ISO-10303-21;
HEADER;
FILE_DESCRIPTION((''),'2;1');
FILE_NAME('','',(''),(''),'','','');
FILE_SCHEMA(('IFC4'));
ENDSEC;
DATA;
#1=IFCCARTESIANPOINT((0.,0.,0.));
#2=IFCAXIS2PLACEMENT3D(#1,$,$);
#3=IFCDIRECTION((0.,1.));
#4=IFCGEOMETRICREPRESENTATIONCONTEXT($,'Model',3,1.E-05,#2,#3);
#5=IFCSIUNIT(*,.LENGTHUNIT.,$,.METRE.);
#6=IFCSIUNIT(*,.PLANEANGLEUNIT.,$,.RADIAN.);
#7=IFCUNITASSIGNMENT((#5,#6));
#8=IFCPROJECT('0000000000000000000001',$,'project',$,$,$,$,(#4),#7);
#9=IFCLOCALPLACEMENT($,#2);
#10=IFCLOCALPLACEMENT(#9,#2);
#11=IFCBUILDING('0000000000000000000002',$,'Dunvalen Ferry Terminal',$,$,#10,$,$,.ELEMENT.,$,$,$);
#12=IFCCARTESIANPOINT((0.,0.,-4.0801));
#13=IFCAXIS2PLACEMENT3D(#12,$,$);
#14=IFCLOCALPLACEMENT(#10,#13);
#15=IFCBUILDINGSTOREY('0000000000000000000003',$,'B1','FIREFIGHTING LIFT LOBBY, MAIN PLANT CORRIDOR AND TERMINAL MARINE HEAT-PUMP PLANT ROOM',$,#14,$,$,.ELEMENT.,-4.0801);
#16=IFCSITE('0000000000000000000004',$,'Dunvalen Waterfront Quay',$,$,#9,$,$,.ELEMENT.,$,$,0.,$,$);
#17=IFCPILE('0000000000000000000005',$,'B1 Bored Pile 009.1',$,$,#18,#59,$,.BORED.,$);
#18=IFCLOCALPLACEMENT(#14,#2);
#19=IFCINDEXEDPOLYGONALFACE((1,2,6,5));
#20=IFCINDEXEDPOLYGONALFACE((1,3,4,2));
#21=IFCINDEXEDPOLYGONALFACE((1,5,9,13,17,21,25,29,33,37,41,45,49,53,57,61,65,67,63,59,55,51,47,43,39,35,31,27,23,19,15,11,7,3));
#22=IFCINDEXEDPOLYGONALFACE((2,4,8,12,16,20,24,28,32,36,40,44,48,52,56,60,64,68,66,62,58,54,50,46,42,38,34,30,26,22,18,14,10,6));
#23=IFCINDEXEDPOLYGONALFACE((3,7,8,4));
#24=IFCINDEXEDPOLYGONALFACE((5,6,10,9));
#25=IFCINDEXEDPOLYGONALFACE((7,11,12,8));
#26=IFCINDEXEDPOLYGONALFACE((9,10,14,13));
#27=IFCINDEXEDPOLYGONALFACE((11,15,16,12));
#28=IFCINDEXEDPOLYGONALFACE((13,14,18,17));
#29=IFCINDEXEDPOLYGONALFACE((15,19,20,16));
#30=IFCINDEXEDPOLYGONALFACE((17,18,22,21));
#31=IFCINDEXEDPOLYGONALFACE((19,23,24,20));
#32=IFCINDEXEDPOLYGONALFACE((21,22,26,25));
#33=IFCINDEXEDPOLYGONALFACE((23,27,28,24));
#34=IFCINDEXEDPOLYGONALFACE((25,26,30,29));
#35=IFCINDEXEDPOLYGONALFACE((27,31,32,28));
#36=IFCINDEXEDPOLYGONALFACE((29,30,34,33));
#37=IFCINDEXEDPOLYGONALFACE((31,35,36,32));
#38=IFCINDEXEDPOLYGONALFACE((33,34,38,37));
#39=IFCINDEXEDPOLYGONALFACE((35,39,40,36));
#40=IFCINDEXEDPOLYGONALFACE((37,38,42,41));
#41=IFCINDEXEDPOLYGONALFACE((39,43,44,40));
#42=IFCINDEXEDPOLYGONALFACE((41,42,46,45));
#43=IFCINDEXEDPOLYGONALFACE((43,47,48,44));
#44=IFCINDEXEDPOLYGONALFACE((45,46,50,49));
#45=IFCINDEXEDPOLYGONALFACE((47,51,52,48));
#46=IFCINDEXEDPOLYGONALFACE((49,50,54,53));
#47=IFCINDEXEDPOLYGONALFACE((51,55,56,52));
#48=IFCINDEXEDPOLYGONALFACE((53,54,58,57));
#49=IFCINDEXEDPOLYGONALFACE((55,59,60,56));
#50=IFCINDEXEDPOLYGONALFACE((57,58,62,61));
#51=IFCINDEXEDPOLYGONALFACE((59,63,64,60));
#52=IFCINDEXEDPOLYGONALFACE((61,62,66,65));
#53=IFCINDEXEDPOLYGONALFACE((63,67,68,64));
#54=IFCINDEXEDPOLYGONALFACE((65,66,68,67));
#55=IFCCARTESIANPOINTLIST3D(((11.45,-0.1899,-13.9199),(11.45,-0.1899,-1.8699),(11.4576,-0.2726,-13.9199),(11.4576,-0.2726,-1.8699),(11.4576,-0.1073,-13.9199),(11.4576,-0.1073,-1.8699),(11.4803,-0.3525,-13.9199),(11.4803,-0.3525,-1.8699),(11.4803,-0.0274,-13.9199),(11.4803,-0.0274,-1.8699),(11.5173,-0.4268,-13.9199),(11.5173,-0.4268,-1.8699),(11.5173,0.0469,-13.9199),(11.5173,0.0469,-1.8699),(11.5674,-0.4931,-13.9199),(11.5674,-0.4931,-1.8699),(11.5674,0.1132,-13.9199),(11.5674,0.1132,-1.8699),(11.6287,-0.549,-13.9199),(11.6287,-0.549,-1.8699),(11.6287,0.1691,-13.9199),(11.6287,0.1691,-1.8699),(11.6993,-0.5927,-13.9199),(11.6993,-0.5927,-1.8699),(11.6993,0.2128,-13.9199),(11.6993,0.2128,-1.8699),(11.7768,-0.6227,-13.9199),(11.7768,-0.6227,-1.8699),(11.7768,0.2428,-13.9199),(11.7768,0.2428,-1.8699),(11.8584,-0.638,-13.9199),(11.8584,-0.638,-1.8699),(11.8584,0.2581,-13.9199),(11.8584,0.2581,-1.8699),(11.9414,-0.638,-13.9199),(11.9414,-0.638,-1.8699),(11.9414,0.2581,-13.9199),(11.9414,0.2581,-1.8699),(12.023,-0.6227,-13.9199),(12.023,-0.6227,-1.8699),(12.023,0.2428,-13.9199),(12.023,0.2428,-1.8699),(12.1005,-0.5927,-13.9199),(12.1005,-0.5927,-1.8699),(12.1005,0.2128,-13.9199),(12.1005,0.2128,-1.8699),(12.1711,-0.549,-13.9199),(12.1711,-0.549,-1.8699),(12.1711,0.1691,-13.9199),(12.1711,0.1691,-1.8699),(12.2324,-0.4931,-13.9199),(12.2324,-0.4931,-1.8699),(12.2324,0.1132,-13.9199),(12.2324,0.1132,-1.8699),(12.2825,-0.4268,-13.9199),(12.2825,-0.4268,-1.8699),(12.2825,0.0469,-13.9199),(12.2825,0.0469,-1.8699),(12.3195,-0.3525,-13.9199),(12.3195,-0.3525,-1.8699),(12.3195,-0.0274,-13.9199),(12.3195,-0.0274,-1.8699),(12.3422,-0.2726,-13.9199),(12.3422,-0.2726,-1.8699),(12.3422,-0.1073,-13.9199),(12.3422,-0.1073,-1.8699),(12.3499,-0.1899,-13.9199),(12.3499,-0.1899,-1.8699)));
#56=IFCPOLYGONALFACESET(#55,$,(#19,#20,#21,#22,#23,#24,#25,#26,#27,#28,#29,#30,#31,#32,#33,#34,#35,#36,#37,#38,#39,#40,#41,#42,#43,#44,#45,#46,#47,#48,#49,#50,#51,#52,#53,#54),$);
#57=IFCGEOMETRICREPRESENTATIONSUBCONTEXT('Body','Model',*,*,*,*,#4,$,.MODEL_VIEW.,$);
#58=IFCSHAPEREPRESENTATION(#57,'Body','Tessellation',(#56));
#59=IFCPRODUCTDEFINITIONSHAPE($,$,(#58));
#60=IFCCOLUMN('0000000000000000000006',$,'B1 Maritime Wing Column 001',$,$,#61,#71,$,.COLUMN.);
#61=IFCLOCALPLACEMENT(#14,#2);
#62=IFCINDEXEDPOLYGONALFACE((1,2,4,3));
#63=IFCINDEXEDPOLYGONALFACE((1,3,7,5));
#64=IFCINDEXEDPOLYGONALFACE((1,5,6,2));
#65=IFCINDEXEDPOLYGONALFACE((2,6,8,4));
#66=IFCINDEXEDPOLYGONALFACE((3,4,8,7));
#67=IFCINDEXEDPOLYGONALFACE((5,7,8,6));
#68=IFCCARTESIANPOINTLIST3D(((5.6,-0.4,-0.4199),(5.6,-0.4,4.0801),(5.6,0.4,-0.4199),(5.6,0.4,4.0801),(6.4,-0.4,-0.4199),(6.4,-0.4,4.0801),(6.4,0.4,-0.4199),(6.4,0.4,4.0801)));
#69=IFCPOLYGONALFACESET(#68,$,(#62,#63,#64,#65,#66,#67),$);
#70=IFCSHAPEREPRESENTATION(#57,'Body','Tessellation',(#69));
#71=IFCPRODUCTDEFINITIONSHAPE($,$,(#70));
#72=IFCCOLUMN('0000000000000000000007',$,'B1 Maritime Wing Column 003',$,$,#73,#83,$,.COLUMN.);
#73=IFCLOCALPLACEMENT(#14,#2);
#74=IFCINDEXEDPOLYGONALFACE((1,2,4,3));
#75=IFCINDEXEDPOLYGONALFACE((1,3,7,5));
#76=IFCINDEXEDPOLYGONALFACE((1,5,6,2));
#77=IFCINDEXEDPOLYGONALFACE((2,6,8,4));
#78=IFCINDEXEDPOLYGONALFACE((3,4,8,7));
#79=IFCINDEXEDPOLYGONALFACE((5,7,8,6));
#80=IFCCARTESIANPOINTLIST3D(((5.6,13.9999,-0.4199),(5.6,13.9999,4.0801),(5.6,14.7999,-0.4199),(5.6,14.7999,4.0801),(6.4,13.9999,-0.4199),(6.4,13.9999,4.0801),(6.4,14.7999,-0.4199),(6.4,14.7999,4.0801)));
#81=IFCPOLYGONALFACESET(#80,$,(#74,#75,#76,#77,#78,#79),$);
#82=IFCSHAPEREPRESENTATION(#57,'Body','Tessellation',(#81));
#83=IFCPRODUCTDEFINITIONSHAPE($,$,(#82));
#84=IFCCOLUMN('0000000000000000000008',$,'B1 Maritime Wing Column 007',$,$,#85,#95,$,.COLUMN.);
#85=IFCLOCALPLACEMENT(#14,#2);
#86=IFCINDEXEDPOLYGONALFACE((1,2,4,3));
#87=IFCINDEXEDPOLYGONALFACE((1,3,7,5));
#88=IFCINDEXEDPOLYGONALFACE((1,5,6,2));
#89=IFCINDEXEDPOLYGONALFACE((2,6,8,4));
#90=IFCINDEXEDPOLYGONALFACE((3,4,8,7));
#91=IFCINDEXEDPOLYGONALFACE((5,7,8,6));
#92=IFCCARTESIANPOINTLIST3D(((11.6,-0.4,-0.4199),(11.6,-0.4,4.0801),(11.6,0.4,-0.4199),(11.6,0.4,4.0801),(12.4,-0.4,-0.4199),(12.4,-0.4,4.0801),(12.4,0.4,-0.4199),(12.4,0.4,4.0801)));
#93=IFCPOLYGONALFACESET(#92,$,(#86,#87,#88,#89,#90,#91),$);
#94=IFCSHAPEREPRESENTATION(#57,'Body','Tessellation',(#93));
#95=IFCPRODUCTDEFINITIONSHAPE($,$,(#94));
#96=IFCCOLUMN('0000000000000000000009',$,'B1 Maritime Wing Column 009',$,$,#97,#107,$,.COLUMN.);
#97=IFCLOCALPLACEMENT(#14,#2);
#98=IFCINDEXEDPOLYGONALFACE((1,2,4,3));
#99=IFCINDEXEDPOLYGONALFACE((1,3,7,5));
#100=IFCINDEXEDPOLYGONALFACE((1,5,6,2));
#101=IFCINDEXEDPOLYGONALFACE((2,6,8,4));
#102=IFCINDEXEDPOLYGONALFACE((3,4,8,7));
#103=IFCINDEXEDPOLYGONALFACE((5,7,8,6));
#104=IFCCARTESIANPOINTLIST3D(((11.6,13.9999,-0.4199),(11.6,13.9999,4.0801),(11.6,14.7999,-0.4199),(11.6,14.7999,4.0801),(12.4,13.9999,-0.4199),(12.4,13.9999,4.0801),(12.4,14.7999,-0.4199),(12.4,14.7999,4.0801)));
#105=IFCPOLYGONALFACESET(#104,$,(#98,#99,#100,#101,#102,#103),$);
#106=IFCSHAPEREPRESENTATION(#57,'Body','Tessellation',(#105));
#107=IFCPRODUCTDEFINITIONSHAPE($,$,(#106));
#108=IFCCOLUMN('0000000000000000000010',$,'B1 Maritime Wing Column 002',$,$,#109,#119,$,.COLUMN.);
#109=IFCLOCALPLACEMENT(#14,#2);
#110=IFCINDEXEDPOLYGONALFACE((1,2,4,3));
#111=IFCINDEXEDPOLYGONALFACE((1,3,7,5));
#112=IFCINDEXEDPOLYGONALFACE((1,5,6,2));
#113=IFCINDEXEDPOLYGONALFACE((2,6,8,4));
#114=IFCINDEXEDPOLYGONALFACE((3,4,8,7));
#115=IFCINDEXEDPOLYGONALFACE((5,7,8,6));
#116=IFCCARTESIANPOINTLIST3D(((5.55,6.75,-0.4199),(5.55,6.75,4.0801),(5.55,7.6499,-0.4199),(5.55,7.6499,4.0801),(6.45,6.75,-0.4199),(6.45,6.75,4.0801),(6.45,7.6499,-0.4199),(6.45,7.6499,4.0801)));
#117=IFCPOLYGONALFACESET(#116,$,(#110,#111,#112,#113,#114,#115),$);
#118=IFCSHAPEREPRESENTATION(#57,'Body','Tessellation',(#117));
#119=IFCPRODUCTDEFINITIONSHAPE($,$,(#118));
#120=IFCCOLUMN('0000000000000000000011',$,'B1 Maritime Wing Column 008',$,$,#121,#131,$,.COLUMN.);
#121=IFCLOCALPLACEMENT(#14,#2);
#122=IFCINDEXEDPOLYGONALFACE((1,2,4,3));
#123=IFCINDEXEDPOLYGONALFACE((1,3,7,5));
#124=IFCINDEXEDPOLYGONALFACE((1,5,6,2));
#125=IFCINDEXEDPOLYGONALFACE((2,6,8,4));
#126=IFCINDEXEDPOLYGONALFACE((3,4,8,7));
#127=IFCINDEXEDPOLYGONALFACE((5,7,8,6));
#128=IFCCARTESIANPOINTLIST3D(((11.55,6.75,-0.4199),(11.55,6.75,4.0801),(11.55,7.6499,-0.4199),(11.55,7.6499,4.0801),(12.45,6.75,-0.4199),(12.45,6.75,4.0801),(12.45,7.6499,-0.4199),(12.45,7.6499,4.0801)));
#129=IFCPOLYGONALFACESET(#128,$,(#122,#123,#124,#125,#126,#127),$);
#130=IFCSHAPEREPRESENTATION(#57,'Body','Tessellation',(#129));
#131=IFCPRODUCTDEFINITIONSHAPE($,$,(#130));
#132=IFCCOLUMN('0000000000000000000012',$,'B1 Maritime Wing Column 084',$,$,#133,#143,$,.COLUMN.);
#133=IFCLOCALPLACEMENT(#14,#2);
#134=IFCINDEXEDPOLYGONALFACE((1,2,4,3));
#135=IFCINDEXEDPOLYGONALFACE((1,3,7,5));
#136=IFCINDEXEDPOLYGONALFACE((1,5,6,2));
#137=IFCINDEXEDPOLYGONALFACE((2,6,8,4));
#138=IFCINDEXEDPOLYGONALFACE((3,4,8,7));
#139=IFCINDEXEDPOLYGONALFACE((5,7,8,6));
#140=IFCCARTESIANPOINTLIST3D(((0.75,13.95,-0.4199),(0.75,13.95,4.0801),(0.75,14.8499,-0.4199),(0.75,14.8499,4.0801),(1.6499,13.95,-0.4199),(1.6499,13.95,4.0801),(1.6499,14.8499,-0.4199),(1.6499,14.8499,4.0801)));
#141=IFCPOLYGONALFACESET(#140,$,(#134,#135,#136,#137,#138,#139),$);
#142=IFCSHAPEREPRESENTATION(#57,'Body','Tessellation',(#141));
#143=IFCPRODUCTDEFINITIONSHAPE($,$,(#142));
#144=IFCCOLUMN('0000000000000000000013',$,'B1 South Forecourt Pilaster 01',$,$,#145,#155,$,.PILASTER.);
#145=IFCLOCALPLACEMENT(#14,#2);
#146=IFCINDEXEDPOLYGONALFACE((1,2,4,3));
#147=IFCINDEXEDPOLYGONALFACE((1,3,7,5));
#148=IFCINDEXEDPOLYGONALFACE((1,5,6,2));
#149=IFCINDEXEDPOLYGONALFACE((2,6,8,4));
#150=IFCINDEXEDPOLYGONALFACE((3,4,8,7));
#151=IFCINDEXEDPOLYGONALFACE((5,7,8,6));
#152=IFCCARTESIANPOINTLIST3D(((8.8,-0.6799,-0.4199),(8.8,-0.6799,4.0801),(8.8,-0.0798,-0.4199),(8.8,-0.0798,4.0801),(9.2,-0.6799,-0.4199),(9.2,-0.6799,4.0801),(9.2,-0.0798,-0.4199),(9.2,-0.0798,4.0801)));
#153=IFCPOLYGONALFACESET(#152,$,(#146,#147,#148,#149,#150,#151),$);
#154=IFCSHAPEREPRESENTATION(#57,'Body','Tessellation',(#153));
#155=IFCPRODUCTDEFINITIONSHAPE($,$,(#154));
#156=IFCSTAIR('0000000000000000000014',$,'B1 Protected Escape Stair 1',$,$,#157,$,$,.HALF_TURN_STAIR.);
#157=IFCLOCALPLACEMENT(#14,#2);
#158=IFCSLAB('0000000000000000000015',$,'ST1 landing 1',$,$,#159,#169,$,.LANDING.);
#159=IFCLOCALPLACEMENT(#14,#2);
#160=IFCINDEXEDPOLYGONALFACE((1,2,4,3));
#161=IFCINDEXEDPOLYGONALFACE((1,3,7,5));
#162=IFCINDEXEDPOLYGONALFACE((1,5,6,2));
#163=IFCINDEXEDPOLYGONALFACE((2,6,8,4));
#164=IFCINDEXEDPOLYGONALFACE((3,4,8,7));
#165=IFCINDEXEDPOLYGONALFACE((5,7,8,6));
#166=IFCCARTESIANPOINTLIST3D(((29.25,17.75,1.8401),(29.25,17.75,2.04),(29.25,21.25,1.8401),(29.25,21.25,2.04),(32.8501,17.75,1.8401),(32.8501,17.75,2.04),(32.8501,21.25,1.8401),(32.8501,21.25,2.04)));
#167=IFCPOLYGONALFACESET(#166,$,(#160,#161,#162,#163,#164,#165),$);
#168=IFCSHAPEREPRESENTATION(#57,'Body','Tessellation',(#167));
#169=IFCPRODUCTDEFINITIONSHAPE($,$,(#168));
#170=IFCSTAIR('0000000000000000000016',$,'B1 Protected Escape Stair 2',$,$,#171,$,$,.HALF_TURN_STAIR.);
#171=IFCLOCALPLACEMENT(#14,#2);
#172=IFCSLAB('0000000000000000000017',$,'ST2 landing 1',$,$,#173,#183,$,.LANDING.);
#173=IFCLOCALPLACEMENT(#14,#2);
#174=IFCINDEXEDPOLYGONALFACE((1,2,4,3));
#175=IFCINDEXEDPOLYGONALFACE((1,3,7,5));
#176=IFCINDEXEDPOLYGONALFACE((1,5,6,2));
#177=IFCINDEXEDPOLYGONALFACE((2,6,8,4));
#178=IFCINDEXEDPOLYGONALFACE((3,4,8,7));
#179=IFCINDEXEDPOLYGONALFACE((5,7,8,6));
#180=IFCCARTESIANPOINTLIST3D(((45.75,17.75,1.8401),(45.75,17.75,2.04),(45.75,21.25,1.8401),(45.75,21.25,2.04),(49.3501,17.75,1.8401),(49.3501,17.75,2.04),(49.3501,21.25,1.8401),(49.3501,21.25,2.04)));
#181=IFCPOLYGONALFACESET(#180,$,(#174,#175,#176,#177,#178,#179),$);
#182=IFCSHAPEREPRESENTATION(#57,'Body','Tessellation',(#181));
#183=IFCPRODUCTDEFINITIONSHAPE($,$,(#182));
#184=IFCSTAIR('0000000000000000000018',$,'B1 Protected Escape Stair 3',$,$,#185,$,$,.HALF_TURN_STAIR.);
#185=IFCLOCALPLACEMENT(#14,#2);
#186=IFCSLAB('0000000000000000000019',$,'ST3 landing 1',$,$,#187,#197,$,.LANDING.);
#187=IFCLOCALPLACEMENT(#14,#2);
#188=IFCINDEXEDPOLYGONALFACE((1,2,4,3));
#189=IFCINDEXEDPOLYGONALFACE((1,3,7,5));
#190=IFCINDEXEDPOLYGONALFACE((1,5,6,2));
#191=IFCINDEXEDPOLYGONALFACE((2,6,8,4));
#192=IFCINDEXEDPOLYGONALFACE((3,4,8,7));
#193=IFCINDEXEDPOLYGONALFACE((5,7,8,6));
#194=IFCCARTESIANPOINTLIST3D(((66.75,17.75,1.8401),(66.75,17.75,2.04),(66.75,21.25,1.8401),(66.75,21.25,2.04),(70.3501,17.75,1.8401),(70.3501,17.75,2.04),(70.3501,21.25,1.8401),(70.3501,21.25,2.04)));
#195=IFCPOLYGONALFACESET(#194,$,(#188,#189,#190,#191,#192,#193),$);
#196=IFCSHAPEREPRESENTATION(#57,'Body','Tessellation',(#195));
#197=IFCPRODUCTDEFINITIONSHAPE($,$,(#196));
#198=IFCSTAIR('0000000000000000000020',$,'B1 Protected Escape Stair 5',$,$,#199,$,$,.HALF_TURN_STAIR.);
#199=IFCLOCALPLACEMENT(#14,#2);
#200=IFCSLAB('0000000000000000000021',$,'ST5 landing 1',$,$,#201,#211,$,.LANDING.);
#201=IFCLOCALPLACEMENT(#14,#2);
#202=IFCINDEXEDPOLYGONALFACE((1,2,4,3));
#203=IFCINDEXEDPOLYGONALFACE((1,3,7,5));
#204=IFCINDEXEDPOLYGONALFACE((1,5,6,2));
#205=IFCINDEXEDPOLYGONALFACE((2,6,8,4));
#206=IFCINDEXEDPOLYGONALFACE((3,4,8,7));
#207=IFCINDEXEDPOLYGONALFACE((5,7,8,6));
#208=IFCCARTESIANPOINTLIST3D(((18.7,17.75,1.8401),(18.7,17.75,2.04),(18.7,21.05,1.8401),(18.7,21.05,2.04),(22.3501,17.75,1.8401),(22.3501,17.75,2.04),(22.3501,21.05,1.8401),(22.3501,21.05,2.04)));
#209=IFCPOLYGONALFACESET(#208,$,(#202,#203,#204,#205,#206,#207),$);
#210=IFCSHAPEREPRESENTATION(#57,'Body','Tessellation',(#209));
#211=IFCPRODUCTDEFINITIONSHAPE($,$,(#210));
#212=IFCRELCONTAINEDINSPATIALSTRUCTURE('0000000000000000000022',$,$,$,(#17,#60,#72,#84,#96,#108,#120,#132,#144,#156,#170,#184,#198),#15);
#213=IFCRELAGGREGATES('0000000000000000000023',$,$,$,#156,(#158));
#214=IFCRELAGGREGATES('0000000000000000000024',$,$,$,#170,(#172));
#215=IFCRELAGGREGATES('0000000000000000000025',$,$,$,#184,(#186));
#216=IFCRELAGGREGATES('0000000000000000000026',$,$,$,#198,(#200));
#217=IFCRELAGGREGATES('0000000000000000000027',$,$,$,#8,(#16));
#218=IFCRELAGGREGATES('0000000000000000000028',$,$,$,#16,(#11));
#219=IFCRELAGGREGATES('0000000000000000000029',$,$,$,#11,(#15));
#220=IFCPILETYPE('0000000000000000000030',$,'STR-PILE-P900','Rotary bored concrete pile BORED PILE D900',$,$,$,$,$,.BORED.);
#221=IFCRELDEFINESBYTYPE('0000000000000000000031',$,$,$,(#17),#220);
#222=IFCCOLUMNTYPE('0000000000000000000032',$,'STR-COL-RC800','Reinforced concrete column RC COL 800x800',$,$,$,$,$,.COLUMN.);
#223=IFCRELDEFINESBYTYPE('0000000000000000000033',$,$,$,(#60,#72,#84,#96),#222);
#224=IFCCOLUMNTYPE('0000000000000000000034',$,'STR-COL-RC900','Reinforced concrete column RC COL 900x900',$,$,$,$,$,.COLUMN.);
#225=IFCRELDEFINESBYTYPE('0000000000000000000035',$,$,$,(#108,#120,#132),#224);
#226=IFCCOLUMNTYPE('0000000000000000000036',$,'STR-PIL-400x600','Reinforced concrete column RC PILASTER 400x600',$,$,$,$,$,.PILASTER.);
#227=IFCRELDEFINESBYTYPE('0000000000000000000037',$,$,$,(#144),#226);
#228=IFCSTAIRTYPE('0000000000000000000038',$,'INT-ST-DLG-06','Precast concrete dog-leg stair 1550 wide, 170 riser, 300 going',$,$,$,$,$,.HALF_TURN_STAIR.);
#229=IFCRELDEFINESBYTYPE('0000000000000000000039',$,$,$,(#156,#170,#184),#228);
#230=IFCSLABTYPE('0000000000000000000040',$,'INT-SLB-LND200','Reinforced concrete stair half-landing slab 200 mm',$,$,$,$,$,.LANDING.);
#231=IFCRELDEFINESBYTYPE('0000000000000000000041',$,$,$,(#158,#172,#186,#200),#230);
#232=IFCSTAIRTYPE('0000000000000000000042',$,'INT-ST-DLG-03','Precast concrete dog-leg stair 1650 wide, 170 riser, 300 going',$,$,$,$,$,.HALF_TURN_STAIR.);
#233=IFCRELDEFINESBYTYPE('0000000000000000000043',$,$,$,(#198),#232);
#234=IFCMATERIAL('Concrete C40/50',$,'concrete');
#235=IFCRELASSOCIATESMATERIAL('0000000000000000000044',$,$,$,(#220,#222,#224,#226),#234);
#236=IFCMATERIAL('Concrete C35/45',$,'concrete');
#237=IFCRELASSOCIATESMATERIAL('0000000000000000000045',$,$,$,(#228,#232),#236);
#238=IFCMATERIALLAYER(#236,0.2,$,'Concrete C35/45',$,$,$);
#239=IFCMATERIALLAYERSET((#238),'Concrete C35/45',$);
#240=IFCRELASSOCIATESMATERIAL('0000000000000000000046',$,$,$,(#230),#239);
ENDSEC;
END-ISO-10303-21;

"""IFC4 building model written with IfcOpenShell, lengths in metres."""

from ifc_helpers import new_model, si_unit, direction, frame, origin, origin_2d, place, context, subcontext, project, spatial, polyline, rectangle, circle, outline, extrude, material, layer, layer_set, material_profile, profile_set, type_object, element, aggregate, save


model = new_model("IFC4")

# Units and contexts
model_context = context("Model", 3, precision=1e-05, world=origin(), true_north=direction((0.0, 1.0)))
body_context = subcontext(model_context, "Body", "Model", "MODEL_VIEW")
ifc_project = project(units=[si_unit("LENGTHUNIT", "METRE"), si_unit("PLANEANGLEUNIT", "RADIAN")], contexts=[model_context])

# Site, building, storey
site_placement = place(None, origin())
site = spatial("IfcSite", under=ifc_project, at=site_placement, Name="Dunvalen Waterfront Quay", CompositionType="ELEMENT", RefElevation=0.0)
building_placement = place(site_placement, origin())
building = spatial("IfcBuilding", under=site, at=building_placement, Name="Dunvalen Ferry Terminal", CompositionType="ELEMENT")
storey_placement = place(building_placement, frame((0.0, 0.0, -4.0801)))
storey = spatial("IfcBuildingStorey", under=building, at=storey_placement, Name="B1", Description="FIREFIGHTING LIFT LOBBY, MAIN PLANT CORRIDOR AND TERMINAL MARINE HEAT-PUMP PLANT ROOM", CompositionType="ELEMENT", Elevation=-4.0801)

# Shared definitions
ifc_material_1 = material(Name="Concrete C40/50", Category="concrete")

# Pile
ifc_material_profile_1 = material_profile(ifc_material_1, circle(Radius=0.45, at=origin_2d()), Name="Concrete C40/50")
ifc_profile_set_1 = profile_set([ifc_material_profile_1], Name="Concrete C40/50")
pile_type_1 = type_object("IfcPileType", Name="STR-PILE-P900", Description="Rotary bored concrete pile BORED PILE D900", PredefinedType="BORED", material=ifc_profile_set_1)
for number, where, z_axis, x_axis, name in (
    (1, (11.8999, -0.1899, -1.8699), (0.0, 0.0, -1.0), (1.0, 0.0, 0.0), "B1 Bored Pile 009.1"),
):
    element("IfcPile", number, at=place(storey_placement, frame(where, z_axis=z_axis, x_axis=x_axis)), inside=storey, type_object=pile_type_1, Name=name, PredefinedType="BORED", context=body_context, shape_type="SweptSolid", body=[
        extrude(circle(Radius=0.45, at=origin_2d()), origin(), (0.0, 0.0, 1.0), 12.05),
    ])

# Columns
ifc_material_profile_2 = material_profile(ifc_material_1, rectangle(XDim=0.8, YDim=0.8, at=origin_2d()), Name="Concrete C40/50")
ifc_profile_set_2 = profile_set([ifc_material_profile_2], Name="Concrete C40/50")
column_type_1 = type_object("IfcColumnType", Name="STR-COL-RC800", Description="Reinforced concrete column RC COL 800x800", PredefinedType="COLUMN", material=ifc_profile_set_2)
for number, where, z_axis, x_axis, name in (
    (2, (6.0, 0.0, -0.4199), (0.0, 0.0, 1.0), (1.0, 0.0, 0.0), "B1 Maritime Wing Column 001"),
    (3, (6.0, 14.3999, -0.4199), (0.0, 0.0, 1.0), (1.0, 0.0, 0.0), "B1 Maritime Wing Column 003"),
    (4, (12.0, 0.0, -0.4199), (0.0, 0.0, 1.0), (1.0, 0.0, 0.0), "B1 Maritime Wing Column 007"),
    (5, (12.0, 14.3999, -0.4199), (0.0, 0.0, 1.0), (1.0, 0.0, 0.0), "B1 Maritime Wing Column 009"),
):
    element("IfcColumn", number, at=place(storey_placement, frame(where, z_axis=z_axis, x_axis=x_axis)), inside=storey, type_object=column_type_1, Name=name, PredefinedType="COLUMN", context=body_context, shape_type="SweptSolid", body=[
        extrude(rectangle(XDim=0.8, YDim=0.8, at=origin_2d()), origin(), (0.0, 0.0, 1.0), 4.5),
    ])
ifc_material_profile_3 = material_profile(ifc_material_1, rectangle(XDim=0.8999, YDim=0.8999, at=origin_2d()), Name="Concrete C40/50")
ifc_profile_set_3 = profile_set([ifc_material_profile_3], Name="Concrete C40/50")
column_type_2 = type_object("IfcColumnType", Name="STR-COL-RC900", Description="Reinforced concrete column RC COL 900x900", PredefinedType="COLUMN", material=ifc_profile_set_3)
for number, where, z_axis, x_axis, name in (
    (6, (6.0, 7.2, -0.4199), (0.0, 0.0, 1.0), (1.0, 0.0, 0.0), "B1 Maritime Wing Column 002"),
    (7, (12.0, 7.2, -0.4199), (0.0, 0.0, 1.0), (1.0, 0.0, 0.0), "B1 Maritime Wing Column 008"),
    (8, (1.2, 14.3999, -0.4199), (0.0, 0.0, 1.0), (1.0, 0.0, 0.0), "B1 Maritime Wing Column 084"),
):
    element("IfcColumn", number, at=place(storey_placement, frame(where, z_axis=z_axis, x_axis=x_axis)), inside=storey, type_object=column_type_2, Name=name, PredefinedType="COLUMN", context=body_context, shape_type="SweptSolid", body=[
        extrude(rectangle(XDim=0.8999, YDim=0.8999, at=origin_2d()), origin(), (0.0, 0.0, 1.0), 4.5),
    ])
ifc_material_profile_4 = material_profile(ifc_material_1, rectangle(XDim=0.3999, YDim=0.6001, at=origin_2d()), Name="Concrete C40/50")
ifc_profile_set_4 = profile_set([ifc_material_profile_4], Name="Concrete C40/50")
column_type_3 = type_object("IfcColumnType", Name="STR-PIL-400x600", Description="Reinforced concrete column RC PILASTER 400x600", PredefinedType="PILASTER", material=ifc_profile_set_4)
column_placement = place(storey_placement, frame((9.0, -0.3799, -0.4199), z_axis=(0.0, 0.0, 1.0), x_axis=(1.0, 0.0, 0.0)))
element("IfcColumn", 9, at=column_placement, inside=storey, type_object=column_type_3, Name="B1 South Forecourt Pilaster 01", PredefinedType="PILASTER", context=body_context, shape_type="SweptSolid", body=[
    extrude(rectangle(XDim=0.3999, YDim=0.6001, at=origin_2d()), origin(), (0.0, 0.0, 1.0), 4.5),
])

# Stairs, slabs
ifc_material_2 = material(Name="Concrete C35/45", Category="concrete")
stair_type_1 = type_object("IfcStairType", Name="INT-ST-DLG-06", Description="Precast concrete dog-leg stair 1550 wide, 170 riser, 300 going", PredefinedType="HALF_TURN_STAIR", material=ifc_material_2)
stair_1_placement = place(storey_placement, origin())
stair_1 = element("IfcStair", 10, at=stair_1_placement, inside=storey, type_object=stair_type_1, Name="B1 Protected Escape Stair 1", PredefinedType="HALF_TURN_STAIR")
ifc_layer_1 = layer(ifc_material_2, 0.2, Name="Concrete C35/45")
ifc_layer_set_1 = layer_set([ifc_layer_1], Name="Concrete C35/45")
slab_type_1 = type_object("IfcSlabType", Name="INT-SLB-LND200", Description="Reinforced concrete stair half-landing slab 200 mm", PredefinedType="LANDING", material=ifc_layer_set_1)
slab_1_placement = place(storey_placement, frame((0.0, 0.0, 1.8401)))
slab_1 = element("IfcSlab", 11, at=slab_1_placement, type_object=slab_type_1, Name="ST1 landing 1", PredefinedType="LANDING", context=body_context, shape_type="SweptSolid", body=[
    extrude(outline(polyline([(29.25, 17.75), (32.8501, 17.75), (32.8501, 21.25), (29.25, 21.25), (29.25, 17.75)])), origin(), (0.0, 0.0, 1.0), 0.2),
])
aggregate(stair_1, [slab_1])
stair_2_placement = place(storey_placement, origin())
stair_2 = element("IfcStair", 12, at=stair_2_placement, inside=storey, type_object=stair_type_1, Name="B1 Protected Escape Stair 2", PredefinedType="HALF_TURN_STAIR")
slab_2_placement = place(storey_placement, frame((0.0, 0.0, 1.8401)))
slab_2 = element("IfcSlab", 13, at=slab_2_placement, type_object=slab_type_1, Name="ST2 landing 1", PredefinedType="LANDING", context=body_context, shape_type="SweptSolid", body=[
    extrude(outline(polyline([(45.75, 17.75), (49.3501, 17.75), (49.3501, 21.25), (45.75, 21.25), (45.75, 17.75)])), origin(), (0.0, 0.0, 1.0), 0.2),
])
aggregate(stair_2, [slab_2])
stair_3_placement = place(storey_placement, origin())
stair_3 = element("IfcStair", 14, at=stair_3_placement, inside=storey, type_object=stair_type_1, Name="B1 Protected Escape Stair 3", PredefinedType="HALF_TURN_STAIR")
slab_3_placement = place(storey_placement, frame((0.0, 0.0, 1.8401)))
slab_3 = element("IfcSlab", 15, at=slab_3_placement, type_object=slab_type_1, Name="ST3 landing 1", PredefinedType="LANDING", context=body_context, shape_type="SweptSolid", body=[
    extrude(outline(polyline([(66.75, 17.75), (70.3501, 17.75), (70.3501, 21.25), (66.75, 21.25), (66.75, 17.75)])), origin(), (0.0, 0.0, 1.0), 0.2),
])
aggregate(stair_3, [slab_3])
stair_type_2 = type_object("IfcStairType", Name="INT-ST-DLG-03", Description="Precast concrete dog-leg stair 1650 wide, 170 riser, 300 going", PredefinedType="HALF_TURN_STAIR", material=ifc_material_2)
stair_4_placement = place(storey_placement, origin())
stair_4 = element("IfcStair", 16, at=stair_4_placement, inside=storey, type_object=stair_type_2, Name="B1 Protected Escape Stair 5", PredefinedType="HALF_TURN_STAIR")
slab_4_placement = place(storey_placement, frame((0.0, 0.0, 1.8401)))
slab_4 = element("IfcSlab", 17, at=slab_4_placement, type_object=slab_type_1, Name="ST5 landing 1", PredefinedType="LANDING", context=body_context, shape_type="SweptSolid", body=[
    extrude(outline(polyline([(18.7, 17.75), (22.3501, 17.75), (22.3501, 21.05), (18.7, 21.05), (18.7, 17.75)])), origin(), (0.0, 0.0, 1.0), 0.2),
])
aggregate(stair_4, [slab_4])

save(model, "model.ifc")
